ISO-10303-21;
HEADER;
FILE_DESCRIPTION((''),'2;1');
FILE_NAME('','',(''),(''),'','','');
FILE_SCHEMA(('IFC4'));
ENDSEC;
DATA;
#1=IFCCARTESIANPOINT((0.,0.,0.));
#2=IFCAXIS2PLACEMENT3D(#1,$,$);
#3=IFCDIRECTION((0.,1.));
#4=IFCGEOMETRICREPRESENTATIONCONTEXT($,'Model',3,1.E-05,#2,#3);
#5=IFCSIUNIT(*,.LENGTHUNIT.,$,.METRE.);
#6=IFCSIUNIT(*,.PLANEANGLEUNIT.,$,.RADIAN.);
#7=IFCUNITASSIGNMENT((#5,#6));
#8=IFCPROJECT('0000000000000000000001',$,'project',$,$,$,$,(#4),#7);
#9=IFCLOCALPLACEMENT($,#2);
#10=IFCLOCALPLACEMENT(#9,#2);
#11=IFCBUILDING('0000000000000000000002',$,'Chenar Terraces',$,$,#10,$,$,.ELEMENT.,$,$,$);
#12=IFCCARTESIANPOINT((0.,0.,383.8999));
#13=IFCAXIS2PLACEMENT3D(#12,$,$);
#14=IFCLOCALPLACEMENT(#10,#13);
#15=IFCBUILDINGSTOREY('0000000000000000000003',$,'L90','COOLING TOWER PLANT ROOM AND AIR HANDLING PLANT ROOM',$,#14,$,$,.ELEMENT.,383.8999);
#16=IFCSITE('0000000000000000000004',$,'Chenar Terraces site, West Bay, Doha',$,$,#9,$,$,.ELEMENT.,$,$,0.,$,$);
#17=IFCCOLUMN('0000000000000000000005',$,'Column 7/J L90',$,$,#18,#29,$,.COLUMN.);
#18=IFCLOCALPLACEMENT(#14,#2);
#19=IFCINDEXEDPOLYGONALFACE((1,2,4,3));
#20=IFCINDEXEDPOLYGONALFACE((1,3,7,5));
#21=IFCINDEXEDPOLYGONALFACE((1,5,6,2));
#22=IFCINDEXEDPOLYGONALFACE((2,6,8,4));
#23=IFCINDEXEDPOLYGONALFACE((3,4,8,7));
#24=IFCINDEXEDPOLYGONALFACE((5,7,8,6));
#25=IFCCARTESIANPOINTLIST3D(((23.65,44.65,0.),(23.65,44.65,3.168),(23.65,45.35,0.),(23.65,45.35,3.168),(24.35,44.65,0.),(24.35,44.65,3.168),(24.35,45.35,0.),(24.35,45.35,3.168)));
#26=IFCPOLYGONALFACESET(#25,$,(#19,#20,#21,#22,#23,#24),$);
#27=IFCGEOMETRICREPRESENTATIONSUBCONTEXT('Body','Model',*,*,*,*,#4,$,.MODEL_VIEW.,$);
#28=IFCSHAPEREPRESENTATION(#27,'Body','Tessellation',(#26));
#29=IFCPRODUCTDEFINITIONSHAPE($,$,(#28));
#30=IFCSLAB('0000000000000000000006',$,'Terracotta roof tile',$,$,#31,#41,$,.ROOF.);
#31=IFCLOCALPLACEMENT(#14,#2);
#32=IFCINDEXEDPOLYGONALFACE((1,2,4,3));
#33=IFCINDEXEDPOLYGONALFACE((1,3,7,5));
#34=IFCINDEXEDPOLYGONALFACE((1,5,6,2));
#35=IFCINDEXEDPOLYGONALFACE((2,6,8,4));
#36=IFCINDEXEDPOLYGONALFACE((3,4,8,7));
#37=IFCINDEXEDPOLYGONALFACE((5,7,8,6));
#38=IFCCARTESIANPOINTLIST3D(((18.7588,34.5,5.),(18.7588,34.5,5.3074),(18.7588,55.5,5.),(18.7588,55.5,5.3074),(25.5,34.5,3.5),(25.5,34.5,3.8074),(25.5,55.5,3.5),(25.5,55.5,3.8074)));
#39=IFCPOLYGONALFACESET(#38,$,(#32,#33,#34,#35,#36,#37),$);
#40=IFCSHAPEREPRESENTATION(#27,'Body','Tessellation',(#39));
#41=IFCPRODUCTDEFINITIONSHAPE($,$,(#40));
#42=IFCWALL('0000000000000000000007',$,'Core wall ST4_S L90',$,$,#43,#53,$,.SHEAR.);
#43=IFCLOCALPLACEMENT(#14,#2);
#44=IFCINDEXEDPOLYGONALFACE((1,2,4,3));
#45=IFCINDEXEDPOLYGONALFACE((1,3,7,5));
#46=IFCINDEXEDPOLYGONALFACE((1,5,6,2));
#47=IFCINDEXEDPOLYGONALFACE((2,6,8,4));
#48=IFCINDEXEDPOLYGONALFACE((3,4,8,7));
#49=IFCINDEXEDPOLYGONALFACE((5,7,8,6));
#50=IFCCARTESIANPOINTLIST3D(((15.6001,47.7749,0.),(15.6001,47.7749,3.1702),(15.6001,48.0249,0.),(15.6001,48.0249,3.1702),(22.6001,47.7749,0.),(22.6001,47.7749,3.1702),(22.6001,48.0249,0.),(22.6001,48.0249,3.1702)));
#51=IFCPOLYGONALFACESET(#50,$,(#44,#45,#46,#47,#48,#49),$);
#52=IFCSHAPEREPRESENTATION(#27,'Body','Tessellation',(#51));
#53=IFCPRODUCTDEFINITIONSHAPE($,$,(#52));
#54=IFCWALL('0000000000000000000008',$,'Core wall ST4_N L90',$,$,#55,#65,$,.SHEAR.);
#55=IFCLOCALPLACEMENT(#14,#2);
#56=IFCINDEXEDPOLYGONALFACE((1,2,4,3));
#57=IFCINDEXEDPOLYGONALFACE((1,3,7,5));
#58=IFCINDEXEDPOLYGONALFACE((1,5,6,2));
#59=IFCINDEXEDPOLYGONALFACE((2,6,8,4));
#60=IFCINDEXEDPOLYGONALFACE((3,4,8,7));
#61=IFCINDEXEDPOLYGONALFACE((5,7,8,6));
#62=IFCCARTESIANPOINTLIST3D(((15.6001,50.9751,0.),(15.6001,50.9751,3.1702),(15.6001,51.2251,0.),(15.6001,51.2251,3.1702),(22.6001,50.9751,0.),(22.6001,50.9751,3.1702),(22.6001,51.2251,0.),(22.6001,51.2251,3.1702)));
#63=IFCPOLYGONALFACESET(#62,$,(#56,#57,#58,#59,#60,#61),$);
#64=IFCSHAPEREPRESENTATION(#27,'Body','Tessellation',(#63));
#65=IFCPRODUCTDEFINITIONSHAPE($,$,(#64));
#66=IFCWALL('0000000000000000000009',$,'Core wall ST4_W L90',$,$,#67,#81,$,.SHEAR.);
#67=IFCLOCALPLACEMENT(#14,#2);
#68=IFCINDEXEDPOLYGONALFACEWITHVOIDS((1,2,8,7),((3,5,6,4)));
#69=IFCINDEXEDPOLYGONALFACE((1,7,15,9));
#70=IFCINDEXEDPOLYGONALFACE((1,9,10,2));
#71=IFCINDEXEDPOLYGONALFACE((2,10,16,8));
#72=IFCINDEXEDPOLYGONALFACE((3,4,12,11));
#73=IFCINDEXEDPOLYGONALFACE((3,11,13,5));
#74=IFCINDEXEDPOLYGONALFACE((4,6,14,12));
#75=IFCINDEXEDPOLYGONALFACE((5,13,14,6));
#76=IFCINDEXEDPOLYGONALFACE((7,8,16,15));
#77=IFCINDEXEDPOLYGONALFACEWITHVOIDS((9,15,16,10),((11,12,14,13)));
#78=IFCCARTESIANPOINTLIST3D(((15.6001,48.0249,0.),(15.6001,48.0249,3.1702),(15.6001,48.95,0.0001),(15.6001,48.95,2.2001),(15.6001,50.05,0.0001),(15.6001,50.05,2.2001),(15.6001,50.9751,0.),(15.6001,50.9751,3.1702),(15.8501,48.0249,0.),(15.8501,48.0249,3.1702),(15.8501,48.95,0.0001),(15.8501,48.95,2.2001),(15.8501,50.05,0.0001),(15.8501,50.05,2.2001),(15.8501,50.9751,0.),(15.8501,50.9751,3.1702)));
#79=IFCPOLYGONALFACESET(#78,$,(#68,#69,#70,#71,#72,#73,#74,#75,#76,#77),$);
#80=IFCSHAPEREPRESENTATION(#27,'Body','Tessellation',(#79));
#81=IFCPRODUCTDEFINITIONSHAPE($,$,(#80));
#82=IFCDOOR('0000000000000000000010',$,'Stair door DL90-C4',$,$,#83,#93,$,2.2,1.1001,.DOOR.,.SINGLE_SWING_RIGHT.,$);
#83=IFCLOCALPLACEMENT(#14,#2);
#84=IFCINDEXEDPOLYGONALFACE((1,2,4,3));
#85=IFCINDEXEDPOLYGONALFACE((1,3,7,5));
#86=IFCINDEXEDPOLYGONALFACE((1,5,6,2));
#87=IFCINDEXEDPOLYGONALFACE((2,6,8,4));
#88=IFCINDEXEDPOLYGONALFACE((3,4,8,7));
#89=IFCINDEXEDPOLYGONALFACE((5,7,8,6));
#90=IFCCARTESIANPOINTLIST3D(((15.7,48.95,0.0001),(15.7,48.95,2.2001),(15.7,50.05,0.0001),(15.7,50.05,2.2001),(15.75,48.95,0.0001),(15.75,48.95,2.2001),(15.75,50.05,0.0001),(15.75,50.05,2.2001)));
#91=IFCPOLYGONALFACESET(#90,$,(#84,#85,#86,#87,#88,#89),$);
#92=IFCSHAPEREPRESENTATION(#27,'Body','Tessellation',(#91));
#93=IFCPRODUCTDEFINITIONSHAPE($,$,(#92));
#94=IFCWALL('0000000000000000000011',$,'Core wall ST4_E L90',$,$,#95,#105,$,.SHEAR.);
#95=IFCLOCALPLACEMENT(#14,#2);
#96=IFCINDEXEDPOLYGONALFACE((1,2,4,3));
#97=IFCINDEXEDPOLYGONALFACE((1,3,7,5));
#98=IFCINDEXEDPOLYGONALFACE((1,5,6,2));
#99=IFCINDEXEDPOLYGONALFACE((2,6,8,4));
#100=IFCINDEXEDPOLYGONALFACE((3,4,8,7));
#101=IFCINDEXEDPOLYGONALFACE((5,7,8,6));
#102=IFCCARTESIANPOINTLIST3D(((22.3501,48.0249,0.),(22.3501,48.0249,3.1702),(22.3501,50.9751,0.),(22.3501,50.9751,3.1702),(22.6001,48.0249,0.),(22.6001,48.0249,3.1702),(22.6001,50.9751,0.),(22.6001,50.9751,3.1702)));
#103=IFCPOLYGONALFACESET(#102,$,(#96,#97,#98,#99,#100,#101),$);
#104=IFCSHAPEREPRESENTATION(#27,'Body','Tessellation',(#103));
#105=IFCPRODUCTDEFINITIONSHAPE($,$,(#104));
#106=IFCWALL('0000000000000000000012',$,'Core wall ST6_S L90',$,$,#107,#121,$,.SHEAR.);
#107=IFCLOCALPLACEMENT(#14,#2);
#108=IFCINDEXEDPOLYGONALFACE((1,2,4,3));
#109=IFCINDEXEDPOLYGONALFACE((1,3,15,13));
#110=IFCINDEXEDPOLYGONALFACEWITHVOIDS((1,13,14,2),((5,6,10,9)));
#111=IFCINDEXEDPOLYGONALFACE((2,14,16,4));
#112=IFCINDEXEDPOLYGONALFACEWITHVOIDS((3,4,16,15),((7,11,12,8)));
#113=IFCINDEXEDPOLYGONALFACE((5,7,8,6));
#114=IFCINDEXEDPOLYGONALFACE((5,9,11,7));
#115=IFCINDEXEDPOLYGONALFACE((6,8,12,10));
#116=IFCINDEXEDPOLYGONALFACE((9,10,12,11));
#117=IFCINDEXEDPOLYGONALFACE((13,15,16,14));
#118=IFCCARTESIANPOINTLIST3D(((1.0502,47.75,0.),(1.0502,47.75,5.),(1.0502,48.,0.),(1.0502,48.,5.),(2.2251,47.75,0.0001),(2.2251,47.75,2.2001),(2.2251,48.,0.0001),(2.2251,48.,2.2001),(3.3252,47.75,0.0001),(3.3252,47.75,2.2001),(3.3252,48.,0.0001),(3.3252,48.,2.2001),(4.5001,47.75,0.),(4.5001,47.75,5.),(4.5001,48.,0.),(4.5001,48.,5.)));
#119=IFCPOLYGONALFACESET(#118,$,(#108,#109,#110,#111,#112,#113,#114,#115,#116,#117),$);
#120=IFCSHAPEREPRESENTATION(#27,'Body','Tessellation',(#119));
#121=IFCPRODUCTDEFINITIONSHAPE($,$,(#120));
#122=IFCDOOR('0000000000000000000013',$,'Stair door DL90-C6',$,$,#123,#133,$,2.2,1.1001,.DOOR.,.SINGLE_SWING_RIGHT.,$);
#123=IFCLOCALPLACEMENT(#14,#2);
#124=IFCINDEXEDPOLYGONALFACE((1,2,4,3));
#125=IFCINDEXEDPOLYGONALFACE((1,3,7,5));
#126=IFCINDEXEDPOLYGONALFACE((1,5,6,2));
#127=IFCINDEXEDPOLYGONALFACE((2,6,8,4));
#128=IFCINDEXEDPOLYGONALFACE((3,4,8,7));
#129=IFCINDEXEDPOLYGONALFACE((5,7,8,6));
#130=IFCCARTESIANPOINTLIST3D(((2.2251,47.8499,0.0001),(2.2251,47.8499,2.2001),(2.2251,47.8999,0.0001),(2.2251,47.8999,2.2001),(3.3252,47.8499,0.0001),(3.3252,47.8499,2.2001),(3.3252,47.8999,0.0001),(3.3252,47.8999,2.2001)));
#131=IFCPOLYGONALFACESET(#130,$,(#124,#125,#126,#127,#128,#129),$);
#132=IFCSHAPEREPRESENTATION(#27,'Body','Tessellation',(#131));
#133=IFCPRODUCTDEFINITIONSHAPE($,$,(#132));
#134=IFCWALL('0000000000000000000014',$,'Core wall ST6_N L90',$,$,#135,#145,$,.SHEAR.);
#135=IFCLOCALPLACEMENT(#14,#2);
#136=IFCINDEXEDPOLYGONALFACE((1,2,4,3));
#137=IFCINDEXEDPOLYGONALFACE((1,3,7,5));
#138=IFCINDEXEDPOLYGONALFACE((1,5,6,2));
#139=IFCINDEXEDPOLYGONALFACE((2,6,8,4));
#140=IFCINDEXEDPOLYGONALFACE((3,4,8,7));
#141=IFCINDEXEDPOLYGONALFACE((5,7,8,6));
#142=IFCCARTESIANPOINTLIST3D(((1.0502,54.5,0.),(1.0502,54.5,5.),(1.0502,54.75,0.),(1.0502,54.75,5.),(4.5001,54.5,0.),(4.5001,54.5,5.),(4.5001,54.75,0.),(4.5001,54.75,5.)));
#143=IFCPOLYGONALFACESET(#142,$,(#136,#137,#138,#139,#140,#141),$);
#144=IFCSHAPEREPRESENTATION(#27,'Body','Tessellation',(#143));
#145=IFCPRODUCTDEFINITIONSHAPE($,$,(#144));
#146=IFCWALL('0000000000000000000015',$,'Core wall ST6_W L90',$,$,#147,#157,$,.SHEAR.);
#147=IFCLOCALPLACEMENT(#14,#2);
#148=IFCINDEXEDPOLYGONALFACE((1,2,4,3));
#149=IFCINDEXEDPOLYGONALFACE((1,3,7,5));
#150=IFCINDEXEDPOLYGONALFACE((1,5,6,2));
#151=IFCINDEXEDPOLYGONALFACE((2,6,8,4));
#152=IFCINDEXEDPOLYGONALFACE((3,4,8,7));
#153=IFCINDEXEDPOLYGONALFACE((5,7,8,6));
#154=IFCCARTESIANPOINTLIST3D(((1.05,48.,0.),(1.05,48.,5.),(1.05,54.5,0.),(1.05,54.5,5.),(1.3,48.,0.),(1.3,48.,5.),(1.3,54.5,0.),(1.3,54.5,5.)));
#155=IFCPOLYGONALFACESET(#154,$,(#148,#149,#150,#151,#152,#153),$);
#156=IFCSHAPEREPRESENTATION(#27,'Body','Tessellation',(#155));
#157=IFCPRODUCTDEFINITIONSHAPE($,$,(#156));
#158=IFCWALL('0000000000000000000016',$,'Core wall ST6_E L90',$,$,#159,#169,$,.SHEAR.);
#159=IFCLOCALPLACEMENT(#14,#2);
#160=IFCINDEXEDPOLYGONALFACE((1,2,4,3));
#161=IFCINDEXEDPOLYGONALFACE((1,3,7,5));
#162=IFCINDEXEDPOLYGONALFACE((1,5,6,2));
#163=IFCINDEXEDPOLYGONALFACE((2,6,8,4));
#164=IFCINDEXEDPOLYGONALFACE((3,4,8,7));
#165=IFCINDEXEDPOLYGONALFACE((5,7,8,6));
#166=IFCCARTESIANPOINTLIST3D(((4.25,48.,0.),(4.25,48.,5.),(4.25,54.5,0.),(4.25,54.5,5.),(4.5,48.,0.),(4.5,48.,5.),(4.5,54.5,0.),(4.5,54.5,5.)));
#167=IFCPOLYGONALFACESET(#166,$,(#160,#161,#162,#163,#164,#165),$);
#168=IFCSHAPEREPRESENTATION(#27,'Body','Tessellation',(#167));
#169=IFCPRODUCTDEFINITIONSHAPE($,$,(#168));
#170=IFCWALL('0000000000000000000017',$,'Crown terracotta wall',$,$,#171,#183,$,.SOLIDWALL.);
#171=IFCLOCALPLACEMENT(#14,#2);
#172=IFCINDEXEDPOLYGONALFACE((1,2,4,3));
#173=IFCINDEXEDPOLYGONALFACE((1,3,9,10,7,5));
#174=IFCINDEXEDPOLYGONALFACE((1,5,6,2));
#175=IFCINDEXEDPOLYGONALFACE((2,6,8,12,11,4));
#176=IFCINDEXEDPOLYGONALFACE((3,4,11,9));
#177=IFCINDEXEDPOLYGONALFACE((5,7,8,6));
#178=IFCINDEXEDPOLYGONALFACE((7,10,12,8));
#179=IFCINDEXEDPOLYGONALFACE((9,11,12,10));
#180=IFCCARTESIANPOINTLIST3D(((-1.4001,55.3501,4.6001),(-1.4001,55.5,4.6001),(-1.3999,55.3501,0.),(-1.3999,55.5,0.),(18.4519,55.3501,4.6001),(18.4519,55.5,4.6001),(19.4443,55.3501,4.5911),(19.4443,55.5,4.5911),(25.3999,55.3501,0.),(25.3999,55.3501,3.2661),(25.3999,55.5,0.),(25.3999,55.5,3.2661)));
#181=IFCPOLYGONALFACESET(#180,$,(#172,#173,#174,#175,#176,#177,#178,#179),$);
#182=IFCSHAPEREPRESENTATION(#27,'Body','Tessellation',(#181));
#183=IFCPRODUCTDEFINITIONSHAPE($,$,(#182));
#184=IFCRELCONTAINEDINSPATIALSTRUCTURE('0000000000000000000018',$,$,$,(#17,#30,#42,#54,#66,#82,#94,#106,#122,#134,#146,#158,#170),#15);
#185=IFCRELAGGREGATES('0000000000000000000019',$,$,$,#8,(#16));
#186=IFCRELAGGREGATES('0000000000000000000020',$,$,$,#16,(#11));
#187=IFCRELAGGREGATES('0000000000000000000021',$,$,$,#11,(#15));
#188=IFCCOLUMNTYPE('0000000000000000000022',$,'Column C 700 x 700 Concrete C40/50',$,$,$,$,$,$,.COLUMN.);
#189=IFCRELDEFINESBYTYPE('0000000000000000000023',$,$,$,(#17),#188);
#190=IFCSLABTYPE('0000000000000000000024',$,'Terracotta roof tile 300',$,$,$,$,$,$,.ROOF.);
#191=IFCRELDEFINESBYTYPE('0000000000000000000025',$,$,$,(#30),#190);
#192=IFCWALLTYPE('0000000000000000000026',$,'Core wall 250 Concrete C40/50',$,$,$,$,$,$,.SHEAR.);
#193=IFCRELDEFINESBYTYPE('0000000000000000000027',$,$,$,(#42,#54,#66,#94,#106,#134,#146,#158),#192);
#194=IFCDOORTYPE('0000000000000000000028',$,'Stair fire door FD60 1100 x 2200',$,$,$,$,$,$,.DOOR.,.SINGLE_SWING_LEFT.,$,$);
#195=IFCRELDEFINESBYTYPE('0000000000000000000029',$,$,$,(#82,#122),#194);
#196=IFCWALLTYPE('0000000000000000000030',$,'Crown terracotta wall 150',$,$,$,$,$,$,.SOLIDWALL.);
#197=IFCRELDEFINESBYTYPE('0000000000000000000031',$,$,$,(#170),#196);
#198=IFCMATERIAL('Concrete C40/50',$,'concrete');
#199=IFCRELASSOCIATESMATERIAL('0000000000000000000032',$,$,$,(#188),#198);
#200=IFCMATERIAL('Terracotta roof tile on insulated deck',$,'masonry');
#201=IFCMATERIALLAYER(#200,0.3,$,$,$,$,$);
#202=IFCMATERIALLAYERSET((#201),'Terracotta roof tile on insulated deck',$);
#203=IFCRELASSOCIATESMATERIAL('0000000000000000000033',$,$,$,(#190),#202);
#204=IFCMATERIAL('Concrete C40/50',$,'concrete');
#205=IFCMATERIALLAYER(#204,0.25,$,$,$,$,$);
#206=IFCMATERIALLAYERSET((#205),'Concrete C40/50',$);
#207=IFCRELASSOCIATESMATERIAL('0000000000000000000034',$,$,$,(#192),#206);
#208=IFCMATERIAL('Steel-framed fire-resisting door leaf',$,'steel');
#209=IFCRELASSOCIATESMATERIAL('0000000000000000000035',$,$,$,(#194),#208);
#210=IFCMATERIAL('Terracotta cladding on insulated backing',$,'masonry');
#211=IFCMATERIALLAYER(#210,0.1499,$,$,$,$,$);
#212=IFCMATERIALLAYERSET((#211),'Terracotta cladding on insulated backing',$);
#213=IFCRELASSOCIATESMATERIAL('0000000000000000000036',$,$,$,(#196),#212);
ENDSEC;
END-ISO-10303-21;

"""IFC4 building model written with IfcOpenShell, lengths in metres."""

from ifc_helpers import new_model, si_unit, direction, frame, frame_2d, origin, origin_2d, place, context, subcontext, project, spatial, polyline, rectangle, outline, extrude, material, layer, layer_set, material_profile, profile_set, type_object, element, fill, save


model = new_model("IFC4")

# Units and contexts
model_context = context("Model", 3, precision=1e-05, world=origin(), true_north=direction((0.0, 1.0)))
body_context = subcontext(model_context, "Body", "Model", "MODEL_VIEW")
ifc_project = project(units=[si_unit("LENGTHUNIT", "METRE"), si_unit("PLANEANGLEUNIT", "RADIAN")], contexts=[model_context])

# Site, building, storey
site_placement = place(None, origin())
site = spatial("IfcSite", under=ifc_project, at=site_placement, Name="Chenar Terraces site, West Bay, Doha", CompositionType="ELEMENT", RefElevation=0.0)
building_placement = place(site_placement, origin())
building = spatial("IfcBuilding", under=site, at=building_placement, Name="Chenar Terraces", CompositionType="ELEMENT")
storey_placement = place(building_placement, frame((0.0, 0.0, 383.8999)))
storey = spatial("IfcBuildingStorey", under=building, at=storey_placement, Name="L90", Description="COOLING TOWER PLANT ROOM AND AIR HANDLING PLANT ROOM", CompositionType="ELEMENT", Elevation=383.8999)

# Column
ifc_material_1 = material(Name="Concrete C40/50", Category="concrete")
ifc_material_profile = material_profile(ifc_material_1, rectangle(XDim=0.7, YDim=0.7, at=origin_2d()), Name="C 700 x 700")
ifc_profile_set = profile_set([ifc_material_profile], Name="Concrete C40/50")
column_type = type_object("IfcColumnType", Name="Column C 700 x 700 Concrete C40/50", PredefinedType="COLUMN", material=ifc_profile_set)
column_placement = place(storey_placement, frame((24.0, 45.0, 0.0), z_axis=(0.0, 0.0, 1.0), x_axis=(1.0, 0.0, 0.0)))
element("IfcColumn", 1, at=column_placement, inside=storey, type_object=column_type, Name="Column 7/J L90", PredefinedType="COLUMN", context=body_context, shape_type="SweptSolid", body=[
    extrude(rectangle(XDim=0.7, YDim=0.7, at=origin_2d()), origin(), (0.0, 0.0, 1.0), 3.168),
])

# Slab
ifc_material_2 = material(Name="Terracotta roof tile on insulated deck", Category="masonry")
ifc_layer_1 = layer(ifc_material_2, 0.3)
ifc_layer_set_1 = layer_set([ifc_layer_1], Name="Terracotta roof tile on insulated deck")
slab_type = type_object("IfcSlabType", Name="Terracotta roof tile 300", PredefinedType="ROOF", material=ifc_layer_set_1)
slab_placement = place(storey_placement, frame((25.5, 55.5, 3.8074), z_axis=(0.2172, 0.0, 0.976127), x_axis=(-0.976127, 0.0, 0.2172)))
element("IfcSlab", 2, at=slab_placement, inside=storey, type_object=slab_type, Name="Terracotta roof tile", PredefinedType="ROOF", context=body_context, shape_type="SweptSolid", body=[
    extrude(outline(polyline([(0.0, 0.0), (6.9061, 0.0), (6.9061, 21.0), (0.0, 21.0), (0.0, 0.0)])), origin(), (-0.2172, 0.0, -0.976127), 0.3074),
])

# Walls
ifc_material_3 = material(Name="Concrete C40/50", Category="concrete")
ifc_layer_2 = layer(ifc_material_3, 0.25)
ifc_layer_set_2 = layer_set([ifc_layer_2], Name="Concrete C40/50")
wall_type_1 = type_object("IfcWallType", Name="Core wall 250 Concrete C40/50", PredefinedType="SHEAR", material=ifc_layer_set_2)
for number, where, z_axis, x_axis, name in (
    (3, (15.6001, 47.8999, 0.0), (0.0, 0.0, 1.0), (1.0, 0.0, 0.0), "Core wall ST4_S L90"),
    (4, (15.6001, 51.1001, 0.0), (0.0, 0.0, 1.0), (1.0, 0.0, 0.0), "Core wall ST4_N L90"),
):
    element("IfcWall", number, at=place(storey_placement, frame(where, z_axis=z_axis, x_axis=x_axis)), inside=storey, type_object=wall_type_1, Name=name, PredefinedType="SHEAR", context=body_context, shape_type="SweptSolid", body=[
        extrude(rectangle(XDim=7.0, YDim=0.25, at=frame_2d((3.5, 0.0))), origin(), (0.0, 0.0, 1.0), 3.1702),
    ])

# Wall, opening, door
wall_1_placement = place(storey_placement, frame((15.7251, 48.0249, 0.0), z_axis=(0.0, 0.0, 1.0), x_axis=(0.0, 1.0, 0.0)))
wall_1 = element("IfcWall", 5, at=wall_1_placement, inside=storey, type_object=wall_type_1, Name="Core wall ST4_W L90", PredefinedType="SHEAR", context=body_context, shape_type="SweptSolid", body=[
    extrude(rectangle(XDim=2.9502, YDim=0.25, at=frame_2d((1.4751, 0.0))), origin(), (0.0, 0.0, 1.0), 3.1702),
])
opening_1_placement = place(wall_1_placement, frame((0.925, 0.0, 0.0)))
opening_1 = element("IfcOpeningElement", 6, at=opening_1_placement, cuts=wall_1, PredefinedType="OPENING", context=body_context, shape_type="SweptSolid", body=[
    extrude(rectangle(XDim=1.1001, YDim=2.2, at=frame_2d((0.55, 1.1001))), frame((0.0, 0.135, 0.0), z_axis=(0.0, -1.0, 0.0), x_axis=(1.0, 0.0, 0.0)), (0.0, 0.0, 1.0), 0.27),
])
ifc_material_4 = material(Name="Steel-framed fire-resisting door leaf", Category="steel")
door_type_1 = type_object("IfcDoorType", Name="Stair fire door FD60 1100 x 2200", OperationType="SINGLE_SWING_LEFT", PredefinedType="DOOR", material=ifc_material_4)
door_1_placement = place(opening_1_placement, frame((1.1001, 0.0, 0.0), z_axis=(0.0, 0.0, 1.0), x_axis=(-1.0, 0.0, 0.0)))
door_1 = element("IfcDoor", 7, at=door_1_placement, inside=storey, type_object=door_type_1, Name="Stair door DL90-C4", OperationType="SINGLE_SWING_RIGHT", OverallHeight=2.2, OverallWidth=1.1001, PredefinedType="DOOR", context=body_context, shape_type="SweptSolid", body=[
    extrude(rectangle(XDim=1.1001, YDim=2.2, at=frame_2d((0.55, 1.1001))), frame((0.0, 0.0249, 0.0), z_axis=(0.0, -1.0, 0.0), x_axis=(1.0, 0.0, 0.0)), (0.0, 0.0, 1.0), 0.05),
])
fill(opening_1, door_1)

# Wall
wall_2_placement = place(storey_placement, frame((22.4751, 48.0249, 0.0), z_axis=(0.0, 0.0, 1.0), x_axis=(0.0, 1.0, 0.0)))
element("IfcWall", 8, at=wall_2_placement, inside=storey, type_object=wall_type_1, Name="Core wall ST4_E L90", PredefinedType="SHEAR", context=body_context, shape_type="SweptSolid", body=[
    extrude(rectangle(XDim=2.9502, YDim=0.25, at=frame_2d((1.4751, 0.0))), origin(), (0.0, 0.0, 1.0), 3.1702),
])

# Wall, opening, door
wall_3_placement = place(storey_placement, frame((1.05, 47.875, 0.0), z_axis=(0.0, 0.0, 1.0), x_axis=(1.0, 0.0, 0.0)))
wall_3 = element("IfcWall", 9, at=wall_3_placement, inside=storey, type_object=wall_type_1, Name="Core wall ST6_S L90", PredefinedType="SHEAR", context=body_context, shape_type="SweptSolid", body=[
    extrude(rectangle(XDim=3.45, YDim=0.25, at=frame_2d((1.7251, 0.0))), origin(), (0.0, 0.0, 1.0), 5.0),
])
opening_2_placement = place(wall_3_placement, frame((1.175, 0.0, 0.0)))
opening_2 = element("IfcOpeningElement", 10, at=opening_2_placement, cuts=wall_3, PredefinedType="OPENING", context=body_context, shape_type="SweptSolid", body=[
    extrude(rectangle(XDim=1.1001, YDim=2.2, at=frame_2d((0.55, 1.1001))), frame((0.0, 0.135, 0.0), z_axis=(0.0, -1.0, 0.0), x_axis=(1.0, 0.0, 0.0)), (0.0, 0.0, 1.0), 0.27),
])
door_2_placement = place(opening_2_placement, origin())
door_2 = element("IfcDoor", 11, at=door_2_placement, inside=storey, type_object=door_type_1, Name="Stair door DL90-C6", OperationType="SINGLE_SWING_RIGHT", OverallHeight=2.2, OverallWidth=1.1001, PredefinedType="DOOR", context=body_context, shape_type="SweptSolid", body=[
    extrude(rectangle(XDim=1.1001, YDim=2.2, at=frame_2d((0.55, 1.1001))), frame((0.0, 0.0249, 0.0), z_axis=(0.0, -1.0, 0.0), x_axis=(1.0, 0.0, 0.0)), (0.0, 0.0, 1.0), 0.05),
])
fill(opening_2, door_2)

# Walls
wall_4_placement = place(storey_placement, frame((1.05, 54.625, 0.0), z_axis=(0.0, 0.0, 1.0), x_axis=(1.0, 0.0, 0.0)))
element("IfcWall", 12, at=wall_4_placement, inside=storey, type_object=wall_type_1, Name="Core wall ST6_N L90", PredefinedType="SHEAR", context=body_context, shape_type="SweptSolid", body=[
    extrude(rectangle(XDim=3.45, YDim=0.25, at=frame_2d((1.7251, 0.0))), origin(), (0.0, 0.0, 1.0), 5.0),
])
for number, where, z_axis, x_axis, name in (
    (13, (1.175, 48.0, 0.0), (0.0, 0.0, 1.0), (0.0, 1.0, 0.0), "Core wall ST6_W L90"),
    (14, (4.375, 48.0, 0.0), (0.0, 0.0, 1.0), (0.0, 1.0, 0.0), "Core wall ST6_E L90"),
):
    element("IfcWall", number, at=place(storey_placement, frame(where, z_axis=z_axis, x_axis=x_axis)), inside=storey, type_object=wall_type_1, Name=name, PredefinedType="SHEAR", context=body_context, shape_type="SweptSolid", body=[
        extrude(rectangle(XDim=6.5, YDim=0.25, at=frame_2d((3.25, 0.0))), origin(), (0.0, 0.0, 1.0), 5.0),
    ])
ifc_material_5 = material(Name="Terracotta cladding on insulated backing", Category="masonry")
ifc_layer_3 = layer(ifc_material_5, 0.1499)
ifc_layer_set_3 = layer_set([ifc_layer_3], Name="Terracotta cladding on insulated backing")
wall_type_2 = type_object("IfcWallType", Name="Crown terracotta wall 150", PredefinedType="SOLIDWALL", material=ifc_layer_set_3)
wall_5_placement = place(storey_placement, frame((25.3999, 55.425, 0.0), z_axis=(0.0, 0.0, 1.0), x_axis=(-1.0, 0.0, 0.0)))
element("IfcWall", 15, at=wall_5_placement, inside=storey, type_object=wall_type_2, Name="Crown terracotta wall", PredefinedType="SOLIDWALL", context=body_context, shape_type="SweptSolid", body=[
    extrude(outline(polyline([(0.0, 0.0), (26.7998, 0.0), (26.8, 4.6001), (6.948, 4.6001), (5.9556, 4.5911), (0.0, 3.2661), (0.0, 0.0)])), frame((0.0, 0.075, 0.0), z_axis=(0.0, -1.0, 0.0), x_axis=(1.0, 0.0, 0.0)), (0.0, 0.0, 1.0), 0.1499),
])

save(model, "model.ifc")
